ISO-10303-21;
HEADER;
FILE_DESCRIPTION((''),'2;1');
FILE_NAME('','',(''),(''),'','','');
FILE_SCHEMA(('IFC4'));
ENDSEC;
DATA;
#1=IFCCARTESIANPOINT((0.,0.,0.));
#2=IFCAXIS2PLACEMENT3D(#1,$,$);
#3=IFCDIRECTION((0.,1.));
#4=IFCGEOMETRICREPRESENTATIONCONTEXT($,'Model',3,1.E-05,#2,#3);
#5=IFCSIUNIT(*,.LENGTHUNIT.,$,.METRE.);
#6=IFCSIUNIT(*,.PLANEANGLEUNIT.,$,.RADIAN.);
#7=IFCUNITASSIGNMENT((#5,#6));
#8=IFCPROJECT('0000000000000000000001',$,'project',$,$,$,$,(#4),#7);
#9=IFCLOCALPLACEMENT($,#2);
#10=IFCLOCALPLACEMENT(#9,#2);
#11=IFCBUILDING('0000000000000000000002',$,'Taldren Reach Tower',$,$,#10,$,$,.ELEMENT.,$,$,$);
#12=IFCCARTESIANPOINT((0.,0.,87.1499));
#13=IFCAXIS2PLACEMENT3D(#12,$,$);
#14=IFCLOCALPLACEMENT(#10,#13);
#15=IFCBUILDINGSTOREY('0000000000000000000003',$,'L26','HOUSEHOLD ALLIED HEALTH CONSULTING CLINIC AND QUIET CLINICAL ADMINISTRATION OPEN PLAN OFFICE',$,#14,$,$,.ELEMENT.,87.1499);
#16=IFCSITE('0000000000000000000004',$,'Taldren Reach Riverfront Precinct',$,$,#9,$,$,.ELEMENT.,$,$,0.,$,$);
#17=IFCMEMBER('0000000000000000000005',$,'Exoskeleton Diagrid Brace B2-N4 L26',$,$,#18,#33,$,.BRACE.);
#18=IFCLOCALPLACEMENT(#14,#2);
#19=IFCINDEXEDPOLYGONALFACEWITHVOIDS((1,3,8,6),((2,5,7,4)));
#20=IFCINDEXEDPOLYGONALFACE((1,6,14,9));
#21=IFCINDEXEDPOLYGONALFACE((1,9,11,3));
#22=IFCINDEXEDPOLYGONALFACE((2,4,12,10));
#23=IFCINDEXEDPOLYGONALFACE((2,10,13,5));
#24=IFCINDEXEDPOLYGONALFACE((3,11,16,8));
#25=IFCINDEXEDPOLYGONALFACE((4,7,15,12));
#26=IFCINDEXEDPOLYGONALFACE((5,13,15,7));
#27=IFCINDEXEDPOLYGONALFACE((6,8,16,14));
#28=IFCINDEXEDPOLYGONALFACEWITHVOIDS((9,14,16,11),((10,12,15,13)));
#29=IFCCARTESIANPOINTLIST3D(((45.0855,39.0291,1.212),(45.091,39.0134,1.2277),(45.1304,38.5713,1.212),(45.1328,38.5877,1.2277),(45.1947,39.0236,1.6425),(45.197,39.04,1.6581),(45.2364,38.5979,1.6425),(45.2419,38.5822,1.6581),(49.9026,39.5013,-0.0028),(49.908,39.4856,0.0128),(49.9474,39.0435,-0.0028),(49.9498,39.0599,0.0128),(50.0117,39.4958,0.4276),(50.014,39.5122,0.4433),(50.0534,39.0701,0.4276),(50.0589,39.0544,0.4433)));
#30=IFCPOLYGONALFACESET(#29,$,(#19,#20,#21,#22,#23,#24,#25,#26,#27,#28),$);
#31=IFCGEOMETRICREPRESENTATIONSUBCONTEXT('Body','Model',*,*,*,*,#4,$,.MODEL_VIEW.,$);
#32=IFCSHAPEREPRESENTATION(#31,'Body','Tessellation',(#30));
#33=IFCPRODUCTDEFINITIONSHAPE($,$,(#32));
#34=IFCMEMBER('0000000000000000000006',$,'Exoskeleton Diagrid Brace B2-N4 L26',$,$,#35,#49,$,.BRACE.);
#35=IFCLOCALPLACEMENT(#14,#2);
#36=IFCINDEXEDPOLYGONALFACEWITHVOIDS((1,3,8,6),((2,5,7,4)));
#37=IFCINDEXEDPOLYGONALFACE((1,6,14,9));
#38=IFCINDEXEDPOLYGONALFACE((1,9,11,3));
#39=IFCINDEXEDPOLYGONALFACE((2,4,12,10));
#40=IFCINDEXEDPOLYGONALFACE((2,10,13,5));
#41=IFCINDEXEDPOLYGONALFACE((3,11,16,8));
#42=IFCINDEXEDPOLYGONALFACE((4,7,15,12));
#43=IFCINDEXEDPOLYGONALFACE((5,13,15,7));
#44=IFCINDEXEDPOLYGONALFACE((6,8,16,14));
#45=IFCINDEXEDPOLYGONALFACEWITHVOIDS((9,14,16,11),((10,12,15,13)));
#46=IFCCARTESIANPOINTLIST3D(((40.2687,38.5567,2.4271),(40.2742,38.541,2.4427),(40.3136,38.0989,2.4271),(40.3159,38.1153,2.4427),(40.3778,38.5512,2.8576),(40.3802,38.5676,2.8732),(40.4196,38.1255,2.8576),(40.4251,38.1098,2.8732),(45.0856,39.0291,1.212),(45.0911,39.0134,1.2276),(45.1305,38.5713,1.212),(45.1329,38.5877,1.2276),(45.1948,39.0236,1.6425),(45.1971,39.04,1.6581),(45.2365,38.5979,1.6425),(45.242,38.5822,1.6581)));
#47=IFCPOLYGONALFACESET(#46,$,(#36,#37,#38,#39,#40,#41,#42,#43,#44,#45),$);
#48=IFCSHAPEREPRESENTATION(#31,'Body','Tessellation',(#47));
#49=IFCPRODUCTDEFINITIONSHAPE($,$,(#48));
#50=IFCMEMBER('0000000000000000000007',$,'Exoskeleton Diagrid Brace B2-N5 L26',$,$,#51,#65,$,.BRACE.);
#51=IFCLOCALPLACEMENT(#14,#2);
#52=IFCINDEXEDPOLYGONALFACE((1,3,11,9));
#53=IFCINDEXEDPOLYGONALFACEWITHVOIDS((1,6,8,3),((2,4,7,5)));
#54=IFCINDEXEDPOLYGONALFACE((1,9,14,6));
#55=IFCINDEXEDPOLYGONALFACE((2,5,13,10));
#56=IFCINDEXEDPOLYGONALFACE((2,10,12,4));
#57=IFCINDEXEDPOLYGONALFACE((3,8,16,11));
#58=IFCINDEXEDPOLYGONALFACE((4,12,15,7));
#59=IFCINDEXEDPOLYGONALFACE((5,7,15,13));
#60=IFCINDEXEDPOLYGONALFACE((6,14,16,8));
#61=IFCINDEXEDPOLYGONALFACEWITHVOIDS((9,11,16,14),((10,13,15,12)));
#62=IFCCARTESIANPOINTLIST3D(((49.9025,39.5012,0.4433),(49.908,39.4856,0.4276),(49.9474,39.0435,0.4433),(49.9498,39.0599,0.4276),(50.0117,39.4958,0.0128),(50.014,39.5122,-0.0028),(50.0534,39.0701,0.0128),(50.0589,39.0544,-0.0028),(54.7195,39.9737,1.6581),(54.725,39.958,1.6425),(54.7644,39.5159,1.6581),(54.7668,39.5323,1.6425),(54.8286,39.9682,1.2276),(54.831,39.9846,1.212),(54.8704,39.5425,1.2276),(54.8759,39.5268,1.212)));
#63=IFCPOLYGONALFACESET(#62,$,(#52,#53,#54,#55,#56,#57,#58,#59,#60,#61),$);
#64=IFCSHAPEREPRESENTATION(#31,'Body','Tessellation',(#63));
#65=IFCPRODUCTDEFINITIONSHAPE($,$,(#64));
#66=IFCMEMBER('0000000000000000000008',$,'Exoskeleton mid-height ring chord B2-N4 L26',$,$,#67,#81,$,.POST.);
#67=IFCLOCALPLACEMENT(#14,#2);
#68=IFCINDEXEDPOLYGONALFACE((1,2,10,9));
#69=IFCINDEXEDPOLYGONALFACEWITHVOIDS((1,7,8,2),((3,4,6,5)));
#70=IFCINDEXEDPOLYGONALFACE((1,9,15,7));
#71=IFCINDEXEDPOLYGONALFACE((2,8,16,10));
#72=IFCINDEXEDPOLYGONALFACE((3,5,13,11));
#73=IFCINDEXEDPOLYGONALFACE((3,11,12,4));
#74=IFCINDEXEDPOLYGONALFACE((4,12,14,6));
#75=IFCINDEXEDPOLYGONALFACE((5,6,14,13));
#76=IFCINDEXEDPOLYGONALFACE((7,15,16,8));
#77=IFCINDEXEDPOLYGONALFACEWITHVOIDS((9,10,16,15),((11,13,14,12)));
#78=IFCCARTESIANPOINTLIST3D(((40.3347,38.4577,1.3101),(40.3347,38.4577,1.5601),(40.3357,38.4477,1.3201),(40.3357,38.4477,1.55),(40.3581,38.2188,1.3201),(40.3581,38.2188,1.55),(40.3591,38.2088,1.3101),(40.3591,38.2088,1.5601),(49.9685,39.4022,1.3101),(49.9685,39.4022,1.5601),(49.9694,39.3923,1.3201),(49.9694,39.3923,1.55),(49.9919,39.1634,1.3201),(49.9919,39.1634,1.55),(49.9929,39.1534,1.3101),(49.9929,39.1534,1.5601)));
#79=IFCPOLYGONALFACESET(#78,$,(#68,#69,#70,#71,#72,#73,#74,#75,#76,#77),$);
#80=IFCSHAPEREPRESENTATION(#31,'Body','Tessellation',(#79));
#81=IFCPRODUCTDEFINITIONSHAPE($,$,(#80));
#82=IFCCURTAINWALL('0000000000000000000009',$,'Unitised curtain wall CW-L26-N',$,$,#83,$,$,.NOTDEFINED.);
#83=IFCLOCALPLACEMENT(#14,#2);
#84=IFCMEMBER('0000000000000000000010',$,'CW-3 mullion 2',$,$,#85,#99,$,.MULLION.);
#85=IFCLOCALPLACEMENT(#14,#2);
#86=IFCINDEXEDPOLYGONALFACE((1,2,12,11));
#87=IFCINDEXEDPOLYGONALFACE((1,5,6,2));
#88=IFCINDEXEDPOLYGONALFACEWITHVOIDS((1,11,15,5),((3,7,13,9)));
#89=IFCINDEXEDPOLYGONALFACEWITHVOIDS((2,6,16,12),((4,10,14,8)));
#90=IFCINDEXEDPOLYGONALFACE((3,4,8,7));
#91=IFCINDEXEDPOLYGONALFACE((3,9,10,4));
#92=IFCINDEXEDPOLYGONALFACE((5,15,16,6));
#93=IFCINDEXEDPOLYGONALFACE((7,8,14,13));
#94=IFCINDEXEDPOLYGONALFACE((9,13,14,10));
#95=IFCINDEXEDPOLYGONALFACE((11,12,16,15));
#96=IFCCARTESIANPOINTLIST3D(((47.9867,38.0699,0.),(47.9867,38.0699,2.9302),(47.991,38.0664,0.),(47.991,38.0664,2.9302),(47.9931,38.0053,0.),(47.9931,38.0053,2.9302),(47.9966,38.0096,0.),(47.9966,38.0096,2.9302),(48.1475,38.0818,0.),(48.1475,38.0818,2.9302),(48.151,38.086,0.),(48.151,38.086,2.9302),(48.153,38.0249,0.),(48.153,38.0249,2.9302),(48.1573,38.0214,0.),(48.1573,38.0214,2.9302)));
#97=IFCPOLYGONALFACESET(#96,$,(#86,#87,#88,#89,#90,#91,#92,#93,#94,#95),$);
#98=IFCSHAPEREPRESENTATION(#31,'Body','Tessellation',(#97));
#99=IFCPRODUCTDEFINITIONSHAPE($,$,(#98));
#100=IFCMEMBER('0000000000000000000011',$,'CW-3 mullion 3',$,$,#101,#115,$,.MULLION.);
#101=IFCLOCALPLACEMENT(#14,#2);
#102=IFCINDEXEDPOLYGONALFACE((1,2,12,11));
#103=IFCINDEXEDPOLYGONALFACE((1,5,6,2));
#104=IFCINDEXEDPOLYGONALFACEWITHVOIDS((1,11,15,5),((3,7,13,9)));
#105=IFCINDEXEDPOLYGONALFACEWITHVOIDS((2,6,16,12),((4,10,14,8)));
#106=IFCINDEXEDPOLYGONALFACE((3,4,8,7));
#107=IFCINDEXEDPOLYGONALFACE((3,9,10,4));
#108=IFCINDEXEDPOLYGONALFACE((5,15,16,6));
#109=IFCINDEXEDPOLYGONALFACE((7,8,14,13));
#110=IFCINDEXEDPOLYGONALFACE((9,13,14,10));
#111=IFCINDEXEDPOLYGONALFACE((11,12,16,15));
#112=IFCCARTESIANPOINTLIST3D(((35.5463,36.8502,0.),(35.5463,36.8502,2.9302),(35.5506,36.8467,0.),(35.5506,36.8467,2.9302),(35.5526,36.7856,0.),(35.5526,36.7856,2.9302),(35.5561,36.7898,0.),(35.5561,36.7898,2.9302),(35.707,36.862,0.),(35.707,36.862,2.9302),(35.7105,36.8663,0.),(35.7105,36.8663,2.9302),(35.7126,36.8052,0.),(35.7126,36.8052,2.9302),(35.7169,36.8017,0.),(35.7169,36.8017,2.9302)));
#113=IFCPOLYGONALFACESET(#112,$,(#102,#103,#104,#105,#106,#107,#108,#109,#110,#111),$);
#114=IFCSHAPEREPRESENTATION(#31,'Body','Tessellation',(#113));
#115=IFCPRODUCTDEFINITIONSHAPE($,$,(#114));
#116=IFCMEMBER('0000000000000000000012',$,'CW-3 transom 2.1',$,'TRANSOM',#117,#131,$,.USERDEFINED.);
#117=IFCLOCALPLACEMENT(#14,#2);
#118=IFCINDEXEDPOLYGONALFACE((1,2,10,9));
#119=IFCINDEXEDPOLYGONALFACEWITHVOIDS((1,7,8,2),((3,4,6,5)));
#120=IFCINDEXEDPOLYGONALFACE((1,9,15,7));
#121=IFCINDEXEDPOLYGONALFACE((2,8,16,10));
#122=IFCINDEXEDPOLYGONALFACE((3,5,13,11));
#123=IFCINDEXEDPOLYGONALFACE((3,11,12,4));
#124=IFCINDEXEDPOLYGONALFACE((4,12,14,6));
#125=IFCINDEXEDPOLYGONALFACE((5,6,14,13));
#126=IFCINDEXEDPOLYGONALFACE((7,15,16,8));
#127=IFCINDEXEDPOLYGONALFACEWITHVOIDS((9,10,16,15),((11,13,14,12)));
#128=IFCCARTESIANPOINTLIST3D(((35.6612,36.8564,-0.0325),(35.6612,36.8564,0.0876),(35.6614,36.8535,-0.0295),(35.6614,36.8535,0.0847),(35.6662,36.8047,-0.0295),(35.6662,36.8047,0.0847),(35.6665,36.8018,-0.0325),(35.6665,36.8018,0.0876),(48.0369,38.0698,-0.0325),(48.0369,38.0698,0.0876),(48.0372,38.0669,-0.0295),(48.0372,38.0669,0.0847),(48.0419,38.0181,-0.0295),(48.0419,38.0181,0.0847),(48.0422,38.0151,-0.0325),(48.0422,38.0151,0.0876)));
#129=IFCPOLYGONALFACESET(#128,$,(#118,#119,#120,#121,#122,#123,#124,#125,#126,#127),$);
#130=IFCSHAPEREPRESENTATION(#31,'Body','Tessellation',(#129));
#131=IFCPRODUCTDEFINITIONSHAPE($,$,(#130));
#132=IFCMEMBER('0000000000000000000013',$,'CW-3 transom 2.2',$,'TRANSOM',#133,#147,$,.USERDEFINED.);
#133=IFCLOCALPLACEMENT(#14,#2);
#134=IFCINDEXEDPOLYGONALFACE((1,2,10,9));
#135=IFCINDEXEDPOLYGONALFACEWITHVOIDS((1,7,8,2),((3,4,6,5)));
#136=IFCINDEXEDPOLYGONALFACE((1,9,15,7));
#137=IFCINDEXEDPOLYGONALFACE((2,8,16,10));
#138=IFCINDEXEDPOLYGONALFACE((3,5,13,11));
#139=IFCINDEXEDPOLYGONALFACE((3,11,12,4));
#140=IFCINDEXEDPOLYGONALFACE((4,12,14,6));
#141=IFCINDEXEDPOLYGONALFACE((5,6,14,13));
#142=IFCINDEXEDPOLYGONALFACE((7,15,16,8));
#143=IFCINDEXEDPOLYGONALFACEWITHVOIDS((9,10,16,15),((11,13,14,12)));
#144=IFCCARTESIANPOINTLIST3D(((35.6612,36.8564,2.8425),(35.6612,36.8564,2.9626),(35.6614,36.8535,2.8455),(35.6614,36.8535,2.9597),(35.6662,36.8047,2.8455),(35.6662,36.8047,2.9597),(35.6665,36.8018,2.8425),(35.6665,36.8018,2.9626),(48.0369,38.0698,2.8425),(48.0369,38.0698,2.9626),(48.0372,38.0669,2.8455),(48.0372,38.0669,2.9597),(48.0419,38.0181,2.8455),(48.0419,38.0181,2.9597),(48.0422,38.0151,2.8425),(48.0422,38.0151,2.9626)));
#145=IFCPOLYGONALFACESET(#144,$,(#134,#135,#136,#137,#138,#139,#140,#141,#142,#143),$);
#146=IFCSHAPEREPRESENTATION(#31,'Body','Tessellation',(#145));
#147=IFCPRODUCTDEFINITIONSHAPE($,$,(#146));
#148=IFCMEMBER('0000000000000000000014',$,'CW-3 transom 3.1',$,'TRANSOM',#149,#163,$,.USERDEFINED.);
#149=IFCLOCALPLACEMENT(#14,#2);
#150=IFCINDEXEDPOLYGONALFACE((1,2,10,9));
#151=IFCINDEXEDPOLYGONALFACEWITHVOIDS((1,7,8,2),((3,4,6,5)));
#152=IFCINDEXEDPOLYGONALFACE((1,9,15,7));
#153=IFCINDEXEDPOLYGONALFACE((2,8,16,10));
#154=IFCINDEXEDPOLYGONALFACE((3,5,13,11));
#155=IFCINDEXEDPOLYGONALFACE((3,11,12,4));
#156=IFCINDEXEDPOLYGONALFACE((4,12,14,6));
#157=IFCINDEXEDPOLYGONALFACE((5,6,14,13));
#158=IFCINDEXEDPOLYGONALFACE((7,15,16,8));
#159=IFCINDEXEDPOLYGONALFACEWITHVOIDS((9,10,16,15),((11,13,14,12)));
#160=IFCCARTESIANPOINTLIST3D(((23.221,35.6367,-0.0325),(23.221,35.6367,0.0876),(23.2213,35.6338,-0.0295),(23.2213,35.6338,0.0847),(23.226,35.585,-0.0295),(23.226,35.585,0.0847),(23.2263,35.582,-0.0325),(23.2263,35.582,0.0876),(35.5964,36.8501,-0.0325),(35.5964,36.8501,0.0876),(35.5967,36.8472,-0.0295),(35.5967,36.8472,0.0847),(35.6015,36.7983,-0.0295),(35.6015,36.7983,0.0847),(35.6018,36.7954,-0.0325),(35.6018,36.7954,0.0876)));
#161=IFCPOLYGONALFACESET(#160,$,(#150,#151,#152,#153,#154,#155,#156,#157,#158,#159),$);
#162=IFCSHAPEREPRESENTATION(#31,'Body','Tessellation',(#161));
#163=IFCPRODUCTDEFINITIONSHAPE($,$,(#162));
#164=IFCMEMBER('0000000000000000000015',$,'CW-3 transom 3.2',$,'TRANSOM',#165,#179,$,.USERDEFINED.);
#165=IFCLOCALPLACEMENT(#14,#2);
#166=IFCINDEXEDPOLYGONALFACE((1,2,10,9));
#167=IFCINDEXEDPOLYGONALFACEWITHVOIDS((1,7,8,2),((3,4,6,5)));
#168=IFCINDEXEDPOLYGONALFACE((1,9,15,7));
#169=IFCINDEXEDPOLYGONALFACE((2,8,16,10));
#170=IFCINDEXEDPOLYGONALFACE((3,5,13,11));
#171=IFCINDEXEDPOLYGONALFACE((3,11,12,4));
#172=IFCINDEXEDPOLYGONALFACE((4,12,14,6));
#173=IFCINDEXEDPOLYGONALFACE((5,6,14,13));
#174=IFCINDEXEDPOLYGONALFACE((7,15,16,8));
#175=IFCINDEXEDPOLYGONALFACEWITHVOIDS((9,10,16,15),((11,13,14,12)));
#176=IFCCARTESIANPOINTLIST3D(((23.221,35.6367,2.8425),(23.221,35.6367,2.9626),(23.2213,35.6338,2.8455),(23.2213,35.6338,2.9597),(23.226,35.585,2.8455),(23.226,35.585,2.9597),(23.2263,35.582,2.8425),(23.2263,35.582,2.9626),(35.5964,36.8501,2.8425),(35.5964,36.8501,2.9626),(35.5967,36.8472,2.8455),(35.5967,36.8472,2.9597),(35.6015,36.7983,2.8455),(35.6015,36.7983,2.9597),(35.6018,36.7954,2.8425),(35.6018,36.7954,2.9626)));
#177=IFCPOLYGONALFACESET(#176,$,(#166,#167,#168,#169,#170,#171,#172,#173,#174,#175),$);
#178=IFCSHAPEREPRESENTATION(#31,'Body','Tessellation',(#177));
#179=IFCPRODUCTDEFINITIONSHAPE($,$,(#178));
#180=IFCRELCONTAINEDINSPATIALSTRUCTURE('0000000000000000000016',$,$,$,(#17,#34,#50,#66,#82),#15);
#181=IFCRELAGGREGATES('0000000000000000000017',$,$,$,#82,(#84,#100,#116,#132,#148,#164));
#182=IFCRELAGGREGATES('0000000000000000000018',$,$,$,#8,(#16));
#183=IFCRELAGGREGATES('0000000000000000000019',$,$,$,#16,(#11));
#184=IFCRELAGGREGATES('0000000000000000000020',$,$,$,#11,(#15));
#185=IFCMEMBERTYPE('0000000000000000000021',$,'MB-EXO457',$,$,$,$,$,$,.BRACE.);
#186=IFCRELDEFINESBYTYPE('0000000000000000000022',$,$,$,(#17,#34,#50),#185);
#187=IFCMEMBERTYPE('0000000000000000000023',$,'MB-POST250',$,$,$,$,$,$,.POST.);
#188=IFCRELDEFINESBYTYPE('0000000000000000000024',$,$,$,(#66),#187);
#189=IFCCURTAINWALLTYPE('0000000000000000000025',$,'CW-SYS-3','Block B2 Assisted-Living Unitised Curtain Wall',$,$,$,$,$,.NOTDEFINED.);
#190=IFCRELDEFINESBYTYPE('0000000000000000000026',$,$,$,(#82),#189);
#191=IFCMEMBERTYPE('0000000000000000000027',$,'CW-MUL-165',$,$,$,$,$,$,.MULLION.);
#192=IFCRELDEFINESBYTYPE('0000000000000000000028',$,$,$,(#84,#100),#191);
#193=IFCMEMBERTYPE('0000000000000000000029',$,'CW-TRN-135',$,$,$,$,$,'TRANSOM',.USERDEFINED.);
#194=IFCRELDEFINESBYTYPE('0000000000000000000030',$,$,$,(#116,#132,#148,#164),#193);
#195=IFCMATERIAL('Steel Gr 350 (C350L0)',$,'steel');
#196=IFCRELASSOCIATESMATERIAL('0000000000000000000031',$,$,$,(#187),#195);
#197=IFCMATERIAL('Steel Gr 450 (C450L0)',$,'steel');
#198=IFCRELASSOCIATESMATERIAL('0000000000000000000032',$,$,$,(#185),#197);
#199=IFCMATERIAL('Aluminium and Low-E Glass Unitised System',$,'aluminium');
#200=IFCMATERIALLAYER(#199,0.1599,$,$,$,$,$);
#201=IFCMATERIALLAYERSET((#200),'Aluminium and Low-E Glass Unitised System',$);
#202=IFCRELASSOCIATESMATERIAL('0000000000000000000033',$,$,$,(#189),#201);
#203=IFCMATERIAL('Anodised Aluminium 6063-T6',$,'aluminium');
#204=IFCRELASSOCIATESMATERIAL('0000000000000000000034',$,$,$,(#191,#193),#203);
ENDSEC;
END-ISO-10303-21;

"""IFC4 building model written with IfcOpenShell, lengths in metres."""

from ifc_helpers import new_model, si_unit, direction, frame, origin, origin_2d, place, context, subcontext, project, spatial, hollow_rectangle, extrude, source, transform, mapped, material, layer, layer_set, material_profile, profile_set, type_object, element, aggregate, save


model = new_model("IFC4")

# Units and contexts
model_context = context("Model", 3, precision=1e-05, world=origin(), true_north=direction((0.0, 1.0)))
body_context = subcontext(model_context, "Body", "Model", "MODEL_VIEW")
ifc_project = project(units=[si_unit("LENGTHUNIT", "METRE"), si_unit("PLANEANGLEUNIT", "RADIAN")], contexts=[model_context])

# Site, building, storey
site_placement = place(None, origin())
site = spatial("IfcSite", under=ifc_project, at=site_placement, Name="Taldren Reach Riverfront Precinct", CompositionType="ELEMENT", RefElevation=0.0)
building_placement = place(site_placement, origin())
building = spatial("IfcBuilding", under=site, at=building_placement, Name="Taldren Reach Tower", CompositionType="ELEMENT")
storey_placement = place(building_placement, frame((0.0, 0.0, 87.1499)))
storey = spatial("IfcBuildingStorey", under=building, at=storey_placement, Name="L26", Description="HOUSEHOLD ALLIED HEALTH CONSULTING CLINIC AND QUIET CLINICAL ADMINISTRATION OPEN PLAN OFFICE", CompositionType="ELEMENT", Elevation=87.1499)

# Shared definitions
ifc_material_1 = material(Name="Steel Gr 450 (C450L0)", Category="steel")
ifc_material_2 = material(Name="Steel Gr 350 (C350L0)", Category="steel")
ifc_material_profile_1 = material_profile(ifc_material_2, hollow_rectangle(XDim=0.25, YDim=0.25, WallThickness=0.01, at=origin_2d()), Name="250x250x10.0SHS")
ifc_profile_set_1 = profile_set([ifc_material_profile_1], Name="Steel Gr 350 (C350L0)")
member_type_1 = type_object("IfcMemberType", Name="MB-POST250", PredefinedType="POST", material=ifc_profile_set_1)

# Members
ifc_material_profile_2 = material_profile(ifc_material_1, hollow_rectangle(XDim=0.46, YDim=0.46, WallThickness=0.0161, at=origin_2d()), Name="460x460x16.0SHS")
ifc_profile_set_2 = profile_set([ifc_material_profile_2], Name="Steel Gr 450 (C450L0)")
member_type_2 = type_object("IfcMemberType", Name="MB-EXO457", PredefinedType="BRACE", material=ifc_profile_set_2)
shared_shape_1 = source(origin(), body_context, "Body", "SweptSolid", [
    extrude(hollow_rectangle(XDim=0.46, YDim=0.46, WallThickness=0.0161, at=origin_2d()), origin(), (0.0, 0.0, 1.0), 4.9902),
])
for number, where, z_axis, x_axis, name in (
    (1, (49.9807, 39.2778, 0.2202), (-0.965287, -0.094621, 0.24345), (0.097556, -0.99523, 0.0), "Exoskeleton Diagrid Brace B2-N4 L26"),
    (2, (45.1638, 38.8057, 1.4351), (-0.965271, -0.094668, 0.243495), (0.097606, -0.995225, 0.0), "Exoskeleton Diagrid Brace B2-N4 L26"),
    (3, (49.9807, 39.2778, 0.2202), (0.965283, 0.094669, 0.243449), (-0.097606, 0.995225, 0.0), "Exoskeleton Diagrid Brace B2-N5 L26"),
):
    element("IfcMember", number, at=place(storey_placement, frame(where, z_axis=z_axis, x_axis=x_axis)), inside=storey, type_object=member_type_2, Name=name, PredefinedType="BRACE", context=body_context, shape_type="MappedRepresentation", body=[
        mapped(shared_shape_1, transform((0.0, 0.0, 0.0), scale=1.0)),
    ])
shared_shape_2 = source(origin(), body_context, "Body", "SweptSolid", [
    extrude(hollow_rectangle(XDim=0.25, YDim=0.25, WallThickness=0.01, at=origin_2d()), origin(), (0.0, 0.0, 1.0), 9.6799),
])
member_1_placement = place(storey_placement, frame((40.3469, 38.3333, 1.4351), z_axis=(0.995228, 0.097581, 0.0), x_axis=(-0.097581, 0.995228, 0.0)))
element("IfcMember", 4, at=member_1_placement, inside=storey, type_object=member_type_1, Name="Exoskeleton mid-height ring chord B2-N4 L26", PredefinedType="POST", context=body_context, shape_type="MappedRepresentation", body=[
    mapped(shared_shape_2, transform((0.0, 0.0, 0.0), scale=1.0)),
])

# Curtain wall, members
ifc_material_3 = material(Name="Aluminium and Low-E Glass Unitised System", Category="aluminium")
ifc_layer_1 = layer(ifc_material_3, 0.1599)
ifc_layer_set_1 = layer_set([ifc_layer_1], Name="Aluminium and Low-E Glass Unitised System")
curtain_wall_type = type_object("IfcCurtainWallType", Name="CW-SYS-3", Description="Block B2 Assisted-Living Unitised Curtain Wall", PredefinedType="NOTDEFINED", material=ifc_layer_set_1)
curtain_wall_placement = place(storey_placement, origin())
curtain_wall = element("IfcCurtainWall", 5, at=curtain_wall_placement, inside=storey, type_object=curtain_wall_type, Name="Unitised curtain wall CW-L26-N", PredefinedType="NOTDEFINED")
ifc_material_4 = material(Name="Anodised Aluminium 6063-T6", Category="aluminium")
ifc_material_profile_3 = material_profile(ifc_material_4, hollow_rectangle(XDim=0.0649, YDim=0.165, WallThickness=0.0039, at=origin_2d()), Name="ALU-165x65x4RHS")
ifc_profile_set_3 = profile_set([ifc_material_profile_3], Name="Anodised Aluminium 6063-T6")
member_type_3 = type_object("IfcMemberType", Name="CW-MUL-165", PredefinedType="MULLION", material=ifc_profile_set_3)
shared_shape_3 = source(origin(), body_context, "Body", "SweptSolid", [
    extrude(hollow_rectangle(XDim=0.0649, YDim=0.165, WallThickness=0.0039, at=origin_2d()), origin(), (0.0, 0.0, 1.0), 2.9302),
])
member_2_placement = place(storey_placement, frame((48.072, 38.0457, 0.0), z_axis=(0.0, 0.0, 1.0), x_axis=(0.097583, -0.995227, 0.0)))
member_2 = element("IfcMember", 6, at=member_2_placement, type_object=member_type_3, Name="CW-3 mullion 2", PredefinedType="MULLION", context=body_context, shape_type="MappedRepresentation", body=[
    mapped(shared_shape_3, transform((0.0, 0.0, 0.0), scale=1.0)),
])
member_3_placement = place(storey_placement, frame((35.6316, 36.8259, 0.0), z_axis=(0.0, 0.0, 1.0), x_axis=(0.097583, -0.995227, 0.0)))
member_3 = element("IfcMember", 7, at=member_3_placement, type_object=member_type_3, Name="CW-3 mullion 3", PredefinedType="MULLION", context=body_context, shape_type="MappedRepresentation", body=[
    mapped(shared_shape_3, transform((0.0, 0.0, 0.0), scale=1.0)),
])
ifc_material_profile_4 = material_profile(ifc_material_4, hollow_rectangle(XDim=0.0549, YDim=0.1201, WallThickness=0.0029, at=origin_2d()), Name="ALU-120x55x3RHS")
ifc_profile_set_4 = profile_set([ifc_material_profile_4], Name="Anodised Aluminium 6063-T6")
member_type_4 = type_object("IfcMemberType", Name="CW-TRN-135", ElementType="TRANSOM", PredefinedType="USERDEFINED", material=ifc_profile_set_4)
shared_shape_4 = source(origin(), body_context, "Body", "SweptSolid", [
    extrude(hollow_rectangle(XDim=0.0549, YDim=0.1201, WallThickness=0.0029, at=origin_2d()), origin(), (0.0, 0.0, 1.0), 12.4351),
])
member_4_placement = place(storey_placement, frame((48.0396, 38.0425, 0.0276), z_axis=(-0.995228, -0.097577, 0.0), x_axis=(0.097577, -0.995228, 0.0)))
member_4 = element("IfcMember", 8, at=member_4_placement, type_object=member_type_4, Name="CW-3 transom 2.1", ObjectType="TRANSOM", PredefinedType="USERDEFINED", context=body_context, shape_type="MappedRepresentation", body=[
    mapped(shared_shape_4, transform((0.0, 0.0, 0.0), scale=1.0)),
])
member_5_placement = place(storey_placement, frame((48.0396, 38.0425, 2.9026), z_axis=(-0.995228, -0.097577, 0.0), x_axis=(0.097577, -0.995228, 0.0)))
member_5 = element("IfcMember", 9, at=member_5_placement, type_object=member_type_4, Name="CW-3 transom 2.2", ObjectType="TRANSOM", PredefinedType="USERDEFINED", context=body_context, shape_type="MappedRepresentation", body=[
    mapped(shared_shape_4, transform((0.0, 0.0, 0.0), scale=1.0)),
])
shared_shape_5 = source(origin(), body_context, "Body", "SweptSolid", [
    extrude(hollow_rectangle(XDim=0.0549, YDim=0.1201, WallThickness=0.0029, at=origin_2d()), origin(), (0.0, 0.0, 1.0), 12.4348),
])
member_6_placement = place(storey_placement, frame((35.5991, 36.8228, 0.0276), z_axis=(-0.995228, -0.097579, 0.0), x_axis=(0.097579, -0.995228, 0.0)))
member_6 = element("IfcMember", 10, at=member_6_placement, type_object=member_type_4, Name="CW-3 transom 3.1", ObjectType="TRANSOM", PredefinedType="USERDEFINED", context=body_context, shape_type="MappedRepresentation", body=[
    mapped(shared_shape_5, transform((0.0, 0.0, 0.0), scale=1.0)),
])
member_7_placement = place(storey_placement, frame((35.5991, 36.8228, 2.9026), z_axis=(-0.995228, -0.097579, 0.0), x_axis=(0.097579, -0.995228, 0.0)))
member_7 = element("IfcMember", 11, at=member_7_placement, type_object=member_type_4, Name="CW-3 transom 3.2", ObjectType="TRANSOM", PredefinedType="USERDEFINED", context=body_context, shape_type="MappedRepresentation", body=[
    mapped(shared_shape_5, transform((0.0, 0.0, 0.0), scale=1.0)),
])

aggregate(curtain_wall, [member_2, member_3, member_4, member_5, member_6, member_7])

save(model, "model.ifc")
